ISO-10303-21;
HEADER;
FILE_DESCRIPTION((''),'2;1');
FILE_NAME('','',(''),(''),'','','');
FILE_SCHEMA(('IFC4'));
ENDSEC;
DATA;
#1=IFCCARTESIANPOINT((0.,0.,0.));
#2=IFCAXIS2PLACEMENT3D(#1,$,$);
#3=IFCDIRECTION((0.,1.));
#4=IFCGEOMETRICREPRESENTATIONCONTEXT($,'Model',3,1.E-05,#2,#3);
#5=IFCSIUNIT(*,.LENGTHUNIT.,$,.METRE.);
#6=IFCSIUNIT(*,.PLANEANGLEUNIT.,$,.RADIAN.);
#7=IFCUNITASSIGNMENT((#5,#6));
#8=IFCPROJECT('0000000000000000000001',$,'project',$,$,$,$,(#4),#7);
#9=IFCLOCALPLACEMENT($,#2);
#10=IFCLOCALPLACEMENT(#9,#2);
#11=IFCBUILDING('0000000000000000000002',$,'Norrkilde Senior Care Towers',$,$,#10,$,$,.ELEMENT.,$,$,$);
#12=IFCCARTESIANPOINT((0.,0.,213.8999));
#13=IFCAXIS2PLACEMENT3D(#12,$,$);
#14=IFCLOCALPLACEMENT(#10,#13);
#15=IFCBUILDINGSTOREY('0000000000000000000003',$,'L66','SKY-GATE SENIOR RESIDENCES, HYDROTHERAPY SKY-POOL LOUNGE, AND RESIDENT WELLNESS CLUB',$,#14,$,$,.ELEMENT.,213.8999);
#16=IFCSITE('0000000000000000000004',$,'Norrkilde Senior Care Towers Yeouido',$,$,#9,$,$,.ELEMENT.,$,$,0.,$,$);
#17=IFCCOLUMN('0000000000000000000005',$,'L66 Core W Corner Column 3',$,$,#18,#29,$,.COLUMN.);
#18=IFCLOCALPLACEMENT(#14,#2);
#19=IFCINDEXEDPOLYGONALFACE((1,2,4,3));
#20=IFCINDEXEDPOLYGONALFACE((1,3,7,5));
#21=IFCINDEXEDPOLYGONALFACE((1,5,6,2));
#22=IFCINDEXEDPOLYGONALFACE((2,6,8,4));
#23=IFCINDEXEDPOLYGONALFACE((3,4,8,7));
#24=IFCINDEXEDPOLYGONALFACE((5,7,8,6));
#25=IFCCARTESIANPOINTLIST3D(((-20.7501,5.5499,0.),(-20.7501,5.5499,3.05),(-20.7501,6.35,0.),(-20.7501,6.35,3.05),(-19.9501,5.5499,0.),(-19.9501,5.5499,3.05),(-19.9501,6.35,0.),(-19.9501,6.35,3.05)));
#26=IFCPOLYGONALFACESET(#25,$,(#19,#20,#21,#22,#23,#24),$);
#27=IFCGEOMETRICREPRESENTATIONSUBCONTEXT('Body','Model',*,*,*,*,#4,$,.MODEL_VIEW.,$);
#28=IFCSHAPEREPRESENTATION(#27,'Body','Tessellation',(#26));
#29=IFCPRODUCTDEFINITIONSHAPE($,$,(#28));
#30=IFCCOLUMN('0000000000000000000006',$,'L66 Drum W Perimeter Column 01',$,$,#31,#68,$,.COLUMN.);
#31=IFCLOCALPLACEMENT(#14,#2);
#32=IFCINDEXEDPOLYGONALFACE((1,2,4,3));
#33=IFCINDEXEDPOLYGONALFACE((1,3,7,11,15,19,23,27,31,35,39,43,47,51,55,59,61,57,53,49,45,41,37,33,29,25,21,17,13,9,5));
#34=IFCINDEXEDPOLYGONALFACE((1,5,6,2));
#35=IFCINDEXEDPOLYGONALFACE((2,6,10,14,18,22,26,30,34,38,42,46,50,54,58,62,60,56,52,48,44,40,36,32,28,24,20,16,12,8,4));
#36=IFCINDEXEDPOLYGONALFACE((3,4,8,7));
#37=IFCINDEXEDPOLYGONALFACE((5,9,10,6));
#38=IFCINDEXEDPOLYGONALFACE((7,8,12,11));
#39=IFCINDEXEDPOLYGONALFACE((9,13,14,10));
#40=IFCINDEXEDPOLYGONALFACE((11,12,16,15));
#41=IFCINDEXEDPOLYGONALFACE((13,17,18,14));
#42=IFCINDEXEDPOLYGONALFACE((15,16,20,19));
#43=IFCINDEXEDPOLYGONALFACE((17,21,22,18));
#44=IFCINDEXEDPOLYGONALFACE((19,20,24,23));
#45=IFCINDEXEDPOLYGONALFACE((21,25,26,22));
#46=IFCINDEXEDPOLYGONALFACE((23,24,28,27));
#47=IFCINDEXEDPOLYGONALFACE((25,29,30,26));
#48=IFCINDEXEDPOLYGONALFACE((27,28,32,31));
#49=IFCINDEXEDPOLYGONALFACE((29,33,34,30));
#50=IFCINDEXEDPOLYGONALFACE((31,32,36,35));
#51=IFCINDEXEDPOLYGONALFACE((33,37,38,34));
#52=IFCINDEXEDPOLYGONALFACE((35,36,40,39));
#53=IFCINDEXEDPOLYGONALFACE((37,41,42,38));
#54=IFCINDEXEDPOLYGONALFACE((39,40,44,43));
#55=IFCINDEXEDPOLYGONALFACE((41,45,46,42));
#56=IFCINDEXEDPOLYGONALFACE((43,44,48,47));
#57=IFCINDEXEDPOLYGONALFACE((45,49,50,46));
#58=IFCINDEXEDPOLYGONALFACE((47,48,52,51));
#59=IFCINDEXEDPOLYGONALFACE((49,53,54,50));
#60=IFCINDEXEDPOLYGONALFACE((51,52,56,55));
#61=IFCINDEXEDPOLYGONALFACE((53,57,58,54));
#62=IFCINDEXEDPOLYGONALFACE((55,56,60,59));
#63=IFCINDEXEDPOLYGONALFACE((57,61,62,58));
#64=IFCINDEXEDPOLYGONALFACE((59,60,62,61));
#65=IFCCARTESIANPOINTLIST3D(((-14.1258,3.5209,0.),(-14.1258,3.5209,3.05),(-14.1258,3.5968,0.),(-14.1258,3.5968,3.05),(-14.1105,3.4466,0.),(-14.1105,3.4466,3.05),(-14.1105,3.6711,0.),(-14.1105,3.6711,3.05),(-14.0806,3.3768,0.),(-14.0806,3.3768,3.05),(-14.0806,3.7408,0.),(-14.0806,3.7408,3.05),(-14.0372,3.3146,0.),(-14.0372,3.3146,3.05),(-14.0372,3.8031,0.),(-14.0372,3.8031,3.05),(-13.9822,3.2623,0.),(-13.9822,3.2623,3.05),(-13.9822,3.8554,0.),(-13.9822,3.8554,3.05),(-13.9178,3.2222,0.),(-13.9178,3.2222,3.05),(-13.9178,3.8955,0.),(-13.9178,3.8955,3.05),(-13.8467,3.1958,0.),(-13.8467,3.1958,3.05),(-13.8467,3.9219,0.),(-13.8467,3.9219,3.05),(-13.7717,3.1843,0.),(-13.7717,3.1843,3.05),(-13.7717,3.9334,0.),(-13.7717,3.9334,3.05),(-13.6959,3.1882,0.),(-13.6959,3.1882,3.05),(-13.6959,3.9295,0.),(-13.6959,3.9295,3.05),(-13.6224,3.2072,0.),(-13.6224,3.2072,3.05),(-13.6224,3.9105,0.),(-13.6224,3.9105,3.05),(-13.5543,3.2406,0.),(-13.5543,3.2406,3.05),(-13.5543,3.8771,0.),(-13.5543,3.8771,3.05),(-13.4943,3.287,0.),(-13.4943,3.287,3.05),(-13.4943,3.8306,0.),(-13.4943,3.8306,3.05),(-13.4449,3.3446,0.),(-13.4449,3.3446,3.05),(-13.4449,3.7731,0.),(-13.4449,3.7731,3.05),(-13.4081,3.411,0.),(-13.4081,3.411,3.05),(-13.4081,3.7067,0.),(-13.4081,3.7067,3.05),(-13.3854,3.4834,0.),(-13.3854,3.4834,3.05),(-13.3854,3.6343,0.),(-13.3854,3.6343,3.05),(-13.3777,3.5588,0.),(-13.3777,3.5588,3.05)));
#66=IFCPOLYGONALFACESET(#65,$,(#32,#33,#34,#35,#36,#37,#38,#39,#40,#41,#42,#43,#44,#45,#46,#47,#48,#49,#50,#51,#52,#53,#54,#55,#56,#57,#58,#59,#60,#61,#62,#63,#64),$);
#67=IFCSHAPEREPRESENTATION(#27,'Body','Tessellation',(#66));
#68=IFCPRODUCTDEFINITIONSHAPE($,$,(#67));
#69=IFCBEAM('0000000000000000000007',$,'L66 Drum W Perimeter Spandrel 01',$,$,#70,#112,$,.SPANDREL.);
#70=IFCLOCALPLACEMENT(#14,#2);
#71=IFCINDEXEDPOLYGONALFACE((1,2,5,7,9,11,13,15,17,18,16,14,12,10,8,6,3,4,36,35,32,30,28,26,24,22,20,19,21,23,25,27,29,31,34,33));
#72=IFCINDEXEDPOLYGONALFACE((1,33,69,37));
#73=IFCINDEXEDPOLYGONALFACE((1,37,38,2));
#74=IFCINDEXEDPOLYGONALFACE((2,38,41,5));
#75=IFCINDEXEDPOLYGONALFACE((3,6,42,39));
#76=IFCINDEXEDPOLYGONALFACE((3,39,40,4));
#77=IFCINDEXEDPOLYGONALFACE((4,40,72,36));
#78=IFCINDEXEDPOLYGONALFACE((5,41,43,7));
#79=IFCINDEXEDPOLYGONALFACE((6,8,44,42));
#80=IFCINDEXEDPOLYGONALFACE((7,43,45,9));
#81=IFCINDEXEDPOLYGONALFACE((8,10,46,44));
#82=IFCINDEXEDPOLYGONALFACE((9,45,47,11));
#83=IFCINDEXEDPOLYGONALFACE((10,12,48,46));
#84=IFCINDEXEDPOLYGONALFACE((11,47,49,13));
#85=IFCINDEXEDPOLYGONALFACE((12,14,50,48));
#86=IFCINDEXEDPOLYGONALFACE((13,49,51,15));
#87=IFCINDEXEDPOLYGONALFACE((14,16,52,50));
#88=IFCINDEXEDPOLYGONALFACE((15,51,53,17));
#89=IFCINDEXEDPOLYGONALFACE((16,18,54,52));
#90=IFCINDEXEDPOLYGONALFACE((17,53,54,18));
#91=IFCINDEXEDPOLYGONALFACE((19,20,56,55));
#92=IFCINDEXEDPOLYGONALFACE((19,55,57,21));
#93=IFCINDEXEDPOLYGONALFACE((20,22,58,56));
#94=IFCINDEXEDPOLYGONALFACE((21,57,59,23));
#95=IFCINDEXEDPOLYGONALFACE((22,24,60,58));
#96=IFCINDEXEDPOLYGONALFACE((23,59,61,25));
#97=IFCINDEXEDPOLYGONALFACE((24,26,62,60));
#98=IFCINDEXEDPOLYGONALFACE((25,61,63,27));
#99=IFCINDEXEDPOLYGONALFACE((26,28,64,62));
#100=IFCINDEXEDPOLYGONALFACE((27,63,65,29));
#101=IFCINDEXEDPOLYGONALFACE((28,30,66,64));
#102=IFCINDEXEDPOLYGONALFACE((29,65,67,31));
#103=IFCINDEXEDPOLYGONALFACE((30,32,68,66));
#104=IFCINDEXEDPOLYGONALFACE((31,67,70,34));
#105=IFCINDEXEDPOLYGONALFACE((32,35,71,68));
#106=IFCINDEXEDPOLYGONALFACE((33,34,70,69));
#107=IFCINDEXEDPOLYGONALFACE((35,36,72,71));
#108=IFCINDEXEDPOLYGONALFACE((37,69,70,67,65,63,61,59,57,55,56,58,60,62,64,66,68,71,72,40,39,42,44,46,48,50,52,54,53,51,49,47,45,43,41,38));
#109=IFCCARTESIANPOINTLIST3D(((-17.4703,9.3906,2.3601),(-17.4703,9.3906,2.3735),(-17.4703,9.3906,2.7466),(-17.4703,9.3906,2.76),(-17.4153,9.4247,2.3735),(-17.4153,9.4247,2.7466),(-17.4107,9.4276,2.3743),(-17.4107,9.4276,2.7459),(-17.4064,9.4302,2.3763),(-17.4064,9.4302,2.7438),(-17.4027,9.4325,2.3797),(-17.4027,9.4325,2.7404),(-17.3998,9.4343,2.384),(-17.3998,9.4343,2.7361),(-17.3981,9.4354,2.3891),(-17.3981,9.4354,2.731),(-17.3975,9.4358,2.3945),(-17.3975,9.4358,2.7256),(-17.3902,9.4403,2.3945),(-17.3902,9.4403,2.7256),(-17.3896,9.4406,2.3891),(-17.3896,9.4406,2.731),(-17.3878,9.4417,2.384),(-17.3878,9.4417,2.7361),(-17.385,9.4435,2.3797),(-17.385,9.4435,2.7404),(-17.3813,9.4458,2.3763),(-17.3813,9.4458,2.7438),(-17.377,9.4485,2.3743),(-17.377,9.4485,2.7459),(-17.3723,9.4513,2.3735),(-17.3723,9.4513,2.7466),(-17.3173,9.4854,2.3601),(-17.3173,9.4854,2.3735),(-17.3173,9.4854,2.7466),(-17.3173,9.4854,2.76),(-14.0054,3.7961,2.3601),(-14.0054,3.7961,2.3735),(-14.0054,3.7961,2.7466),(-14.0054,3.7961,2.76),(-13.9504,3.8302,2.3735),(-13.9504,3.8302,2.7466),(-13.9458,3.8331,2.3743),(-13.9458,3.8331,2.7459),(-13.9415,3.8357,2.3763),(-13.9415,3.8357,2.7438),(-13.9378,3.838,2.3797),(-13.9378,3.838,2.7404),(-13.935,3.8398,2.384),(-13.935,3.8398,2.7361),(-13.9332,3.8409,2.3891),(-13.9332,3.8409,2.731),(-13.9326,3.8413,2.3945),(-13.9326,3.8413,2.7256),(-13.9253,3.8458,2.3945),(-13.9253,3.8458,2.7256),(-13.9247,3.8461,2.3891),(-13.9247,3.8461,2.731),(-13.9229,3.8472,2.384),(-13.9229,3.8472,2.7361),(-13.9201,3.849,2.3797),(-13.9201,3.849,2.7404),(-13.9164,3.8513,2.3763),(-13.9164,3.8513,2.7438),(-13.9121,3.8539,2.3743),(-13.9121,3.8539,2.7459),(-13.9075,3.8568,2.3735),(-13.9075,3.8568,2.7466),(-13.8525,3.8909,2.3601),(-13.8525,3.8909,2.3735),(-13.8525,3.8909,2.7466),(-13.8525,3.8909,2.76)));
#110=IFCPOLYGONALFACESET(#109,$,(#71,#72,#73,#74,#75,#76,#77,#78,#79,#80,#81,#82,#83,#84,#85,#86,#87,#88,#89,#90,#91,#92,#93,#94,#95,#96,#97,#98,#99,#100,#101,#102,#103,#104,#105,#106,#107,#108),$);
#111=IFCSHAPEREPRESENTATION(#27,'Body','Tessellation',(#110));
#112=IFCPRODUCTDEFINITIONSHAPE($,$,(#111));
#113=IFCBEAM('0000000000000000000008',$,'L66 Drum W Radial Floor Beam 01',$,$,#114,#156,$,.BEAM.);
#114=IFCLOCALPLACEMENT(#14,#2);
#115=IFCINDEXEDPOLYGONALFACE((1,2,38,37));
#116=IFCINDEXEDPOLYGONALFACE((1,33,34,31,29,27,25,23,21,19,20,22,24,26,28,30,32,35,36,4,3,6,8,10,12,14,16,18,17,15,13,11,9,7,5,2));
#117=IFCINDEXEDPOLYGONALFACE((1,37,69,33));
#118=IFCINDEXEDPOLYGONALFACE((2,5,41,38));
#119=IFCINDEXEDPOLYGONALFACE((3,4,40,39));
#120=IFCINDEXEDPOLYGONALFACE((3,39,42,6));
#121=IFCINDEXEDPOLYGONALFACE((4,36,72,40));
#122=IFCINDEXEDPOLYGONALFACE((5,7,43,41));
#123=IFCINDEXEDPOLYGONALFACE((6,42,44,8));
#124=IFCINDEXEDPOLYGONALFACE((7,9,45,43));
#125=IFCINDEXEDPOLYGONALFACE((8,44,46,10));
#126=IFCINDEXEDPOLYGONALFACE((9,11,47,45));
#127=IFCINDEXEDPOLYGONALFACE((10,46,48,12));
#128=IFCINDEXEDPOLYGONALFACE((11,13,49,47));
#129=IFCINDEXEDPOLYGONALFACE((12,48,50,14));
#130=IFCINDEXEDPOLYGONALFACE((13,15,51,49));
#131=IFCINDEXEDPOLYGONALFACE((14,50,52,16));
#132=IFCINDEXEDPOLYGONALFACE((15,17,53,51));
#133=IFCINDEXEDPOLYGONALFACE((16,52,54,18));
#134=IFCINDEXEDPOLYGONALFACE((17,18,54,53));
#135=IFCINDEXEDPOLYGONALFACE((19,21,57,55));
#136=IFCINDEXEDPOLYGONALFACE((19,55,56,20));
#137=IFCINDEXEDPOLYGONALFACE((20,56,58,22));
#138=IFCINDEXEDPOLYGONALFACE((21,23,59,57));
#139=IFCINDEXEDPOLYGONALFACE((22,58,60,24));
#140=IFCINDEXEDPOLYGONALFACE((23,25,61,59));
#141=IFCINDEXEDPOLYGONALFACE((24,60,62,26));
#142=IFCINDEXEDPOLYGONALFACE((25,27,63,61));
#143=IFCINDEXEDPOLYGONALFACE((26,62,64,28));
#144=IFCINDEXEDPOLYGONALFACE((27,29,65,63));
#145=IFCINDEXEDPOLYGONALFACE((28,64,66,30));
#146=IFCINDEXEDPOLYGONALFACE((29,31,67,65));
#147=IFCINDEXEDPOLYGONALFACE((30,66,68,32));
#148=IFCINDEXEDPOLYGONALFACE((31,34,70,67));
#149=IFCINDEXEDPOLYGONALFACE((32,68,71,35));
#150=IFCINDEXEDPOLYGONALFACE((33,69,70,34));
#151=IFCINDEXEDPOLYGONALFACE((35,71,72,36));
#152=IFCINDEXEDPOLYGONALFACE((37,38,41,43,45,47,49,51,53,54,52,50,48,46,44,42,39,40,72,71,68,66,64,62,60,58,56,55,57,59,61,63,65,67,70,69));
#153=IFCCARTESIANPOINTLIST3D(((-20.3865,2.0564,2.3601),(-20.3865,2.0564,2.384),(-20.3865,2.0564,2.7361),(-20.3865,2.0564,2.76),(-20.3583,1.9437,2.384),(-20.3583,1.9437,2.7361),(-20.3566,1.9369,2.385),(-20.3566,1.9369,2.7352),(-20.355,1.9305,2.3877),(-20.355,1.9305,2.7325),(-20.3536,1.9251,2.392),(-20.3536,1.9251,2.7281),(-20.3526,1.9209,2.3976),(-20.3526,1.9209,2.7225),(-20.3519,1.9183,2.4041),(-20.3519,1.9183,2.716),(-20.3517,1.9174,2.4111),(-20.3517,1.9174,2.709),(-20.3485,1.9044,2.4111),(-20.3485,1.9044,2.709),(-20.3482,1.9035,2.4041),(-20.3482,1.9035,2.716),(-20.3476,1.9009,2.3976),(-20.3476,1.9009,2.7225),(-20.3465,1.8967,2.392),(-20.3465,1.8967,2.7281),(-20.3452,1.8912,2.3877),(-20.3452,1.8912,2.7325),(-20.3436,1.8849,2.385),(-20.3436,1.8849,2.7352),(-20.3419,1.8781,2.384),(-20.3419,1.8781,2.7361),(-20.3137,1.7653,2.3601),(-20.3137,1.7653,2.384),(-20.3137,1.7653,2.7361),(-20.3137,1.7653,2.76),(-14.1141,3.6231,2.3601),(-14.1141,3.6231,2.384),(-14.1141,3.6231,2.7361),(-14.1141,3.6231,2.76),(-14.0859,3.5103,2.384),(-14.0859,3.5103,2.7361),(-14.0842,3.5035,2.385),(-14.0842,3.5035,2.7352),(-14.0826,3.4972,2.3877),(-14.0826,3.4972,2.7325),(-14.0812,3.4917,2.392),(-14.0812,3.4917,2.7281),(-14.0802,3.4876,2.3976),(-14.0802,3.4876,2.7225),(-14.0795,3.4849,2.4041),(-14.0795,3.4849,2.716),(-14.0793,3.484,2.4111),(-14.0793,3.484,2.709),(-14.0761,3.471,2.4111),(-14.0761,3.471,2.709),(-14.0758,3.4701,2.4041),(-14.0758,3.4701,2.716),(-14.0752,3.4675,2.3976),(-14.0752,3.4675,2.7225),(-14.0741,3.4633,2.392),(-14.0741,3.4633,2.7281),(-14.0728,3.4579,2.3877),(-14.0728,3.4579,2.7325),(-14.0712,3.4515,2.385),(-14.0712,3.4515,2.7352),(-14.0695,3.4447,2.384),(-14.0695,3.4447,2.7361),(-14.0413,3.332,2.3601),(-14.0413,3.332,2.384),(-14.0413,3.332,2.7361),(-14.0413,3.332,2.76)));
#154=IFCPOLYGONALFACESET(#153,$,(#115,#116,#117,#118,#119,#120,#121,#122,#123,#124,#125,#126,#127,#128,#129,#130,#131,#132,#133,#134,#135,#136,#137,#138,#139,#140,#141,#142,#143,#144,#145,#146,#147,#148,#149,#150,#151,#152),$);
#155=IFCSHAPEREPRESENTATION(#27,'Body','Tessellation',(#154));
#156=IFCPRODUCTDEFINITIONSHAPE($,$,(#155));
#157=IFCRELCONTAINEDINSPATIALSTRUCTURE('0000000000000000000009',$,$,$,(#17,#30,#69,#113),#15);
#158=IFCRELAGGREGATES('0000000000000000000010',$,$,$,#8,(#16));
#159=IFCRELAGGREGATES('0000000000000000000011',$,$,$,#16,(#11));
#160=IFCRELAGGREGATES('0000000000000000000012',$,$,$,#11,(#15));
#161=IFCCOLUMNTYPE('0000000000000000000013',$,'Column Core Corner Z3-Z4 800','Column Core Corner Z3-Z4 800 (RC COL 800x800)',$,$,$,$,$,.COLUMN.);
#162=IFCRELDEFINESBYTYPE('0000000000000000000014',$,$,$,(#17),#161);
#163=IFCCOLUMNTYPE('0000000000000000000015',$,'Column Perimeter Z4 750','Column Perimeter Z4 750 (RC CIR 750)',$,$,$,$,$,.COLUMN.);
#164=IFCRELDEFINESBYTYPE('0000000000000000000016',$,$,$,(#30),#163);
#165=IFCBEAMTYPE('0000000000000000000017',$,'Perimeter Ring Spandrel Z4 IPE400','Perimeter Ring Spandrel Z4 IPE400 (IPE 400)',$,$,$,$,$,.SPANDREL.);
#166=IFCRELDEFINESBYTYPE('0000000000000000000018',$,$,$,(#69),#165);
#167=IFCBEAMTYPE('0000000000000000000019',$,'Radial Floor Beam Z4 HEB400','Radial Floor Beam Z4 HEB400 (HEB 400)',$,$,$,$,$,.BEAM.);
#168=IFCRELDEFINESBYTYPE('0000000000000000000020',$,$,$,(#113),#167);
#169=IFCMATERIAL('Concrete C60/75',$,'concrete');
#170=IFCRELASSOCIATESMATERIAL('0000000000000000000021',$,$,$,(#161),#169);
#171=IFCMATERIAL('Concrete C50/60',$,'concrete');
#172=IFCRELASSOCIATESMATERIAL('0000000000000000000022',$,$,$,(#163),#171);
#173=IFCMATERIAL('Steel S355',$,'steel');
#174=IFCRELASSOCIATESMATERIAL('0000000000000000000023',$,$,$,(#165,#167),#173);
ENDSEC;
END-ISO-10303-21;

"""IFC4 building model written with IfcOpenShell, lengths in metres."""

from ifc_helpers import new_model, si_unit, direction, frame, origin, origin_2d, place, context, subcontext, project, spatial, rectangle, circle, i_section, extrude, source, transform, mapped, material, material_profile, profile_set, type_object, type_shapes, element, save


model = new_model("IFC4")

# Units and contexts
model_context = context("Model", 3, precision=1e-05, world=origin(), true_north=direction((0.0, 1.0)))
body_context = subcontext(model_context, "Body", "Model", "MODEL_VIEW")
ifc_project = project(units=[si_unit("LENGTHUNIT", "METRE"), si_unit("PLANEANGLEUNIT", "RADIAN")], contexts=[model_context])

# Site, building, storey
site_placement = place(None, origin())
site = spatial("IfcSite", under=ifc_project, at=site_placement, Name="Norrkilde Senior Care Towers Yeouido", CompositionType="ELEMENT", RefElevation=0.0)
building_placement = place(site_placement, origin())
building = spatial("IfcBuilding", under=site, at=building_placement, Name="Norrkilde Senior Care Towers", CompositionType="ELEMENT")
storey_placement = place(building_placement, frame((0.0, 0.0, 213.8999)))
storey = spatial("IfcBuildingStorey", under=building, at=storey_placement, Name="L66", Description="SKY-GATE SENIOR RESIDENCES, HYDROTHERAPY SKY-POOL LOUNGE, AND RESIDENT WELLNESS CLUB", CompositionType="ELEMENT", Elevation=213.8999)

# Columns
ifc_material_1 = material(Name="Concrete C60/75", Category="concrete")
ifc_material_profile_1 = material_profile(ifc_material_1, rectangle(XDim=0.8, YDim=0.8, at=origin_2d()), Name="RC COL 800x800")
ifc_profile_set_1 = profile_set([ifc_material_profile_1], Name="Concrete C60/75")
column_type_1 = type_object("IfcColumnType", Name="Column Core Corner Z3-Z4 800", Description="Column Core Corner Z3-Z4 800 (RC COL 800x800)", PredefinedType="COLUMN", material=ifc_profile_set_1)
shared_shape_1 = source(origin(), body_context, "Body", "SweptSolid", [
    extrude(rectangle(XDim=0.8, YDim=0.8, at=origin_2d()), origin(), (0.0, 0.0, 1.0), 3.05),
])
type_shapes(column_type_1, [shared_shape_1])
column_1_placement = place(storey_placement, frame((-20.3501, 5.95, 0.0), z_axis=(0.0, 0.0, 1.0), x_axis=(1.0, 0.0, 0.0)))
element("IfcColumn", 1, at=column_1_placement, inside=storey, type_object=column_type_1, Name="L66 Core W Corner Column 3", PredefinedType="COLUMN", context=body_context, shape_type="MappedRepresentation", body=[
    mapped(shared_shape_1, transform((0.0, 0.0, 0.0), x_axis=(1.0, 0.0, 0.0), y_axis=(0.0, 1.0, 0.0), z_axis=(0.0, 0.0, 1.0), scale=1.0)),
])
ifc_material_2 = material(Name="Concrete C50/60", Category="concrete")
ifc_material_profile_2 = material_profile(ifc_material_2, circle(Radius=0.375, at=origin_2d()), Name="RC CIR 750")
ifc_profile_set_2 = profile_set([ifc_material_profile_2], Name="Concrete C50/60")
column_type_2 = type_object("IfcColumnType", Name="Column Perimeter Z4 750", Description="Column Perimeter Z4 750 (RC CIR 750)", PredefinedType="COLUMN", material=ifc_profile_set_2)
shared_shape_2 = source(origin(), body_context, "Body", "SweptSolid", [
    extrude(circle(Radius=0.375, at=origin_2d()), origin(), (0.0, 0.0, 1.0), 3.05),
])
type_shapes(column_type_2, [shared_shape_2])
column_2_placement = place(storey_placement, frame((-13.7527, 3.5588, 0.0), z_axis=(0.0, 0.0, 1.0), x_axis=(1.0, 0.0, 0.0)))
element("IfcColumn", 2, at=column_2_placement, inside=storey, type_object=column_type_2, Name="L66 Drum W Perimeter Column 01", PredefinedType="COLUMN", context=body_context, shape_type="MappedRepresentation", body=[
    mapped(shared_shape_2, transform((0.0, 0.0, 0.0), x_axis=(1.0, 0.0, 0.0), y_axis=(0.0, 1.0, 0.0), z_axis=(0.0, 0.0, 1.0), scale=1.0)),
])

# Beams
ifc_material_3 = material(Name="Steel S355", Category="steel")
ifc_material_profile_3 = material_profile(ifc_material_3, i_section(OverallWidth=0.1799, OverallDepth=0.3999, WebThickness=0.0085, FlangeThickness=0.0134, FilletRadius=0.021, at=origin_2d()), Name="IPE 400")
ifc_profile_set_3 = profile_set([ifc_material_profile_3], Name="Steel S355")
beam_type_1 = type_object("IfcBeamType", Name="Perimeter Ring Spandrel Z4 IPE400", Description="Perimeter Ring Spandrel Z4 IPE400 (IPE 400)", PredefinedType="SPANDREL", material=ifc_profile_set_3)
shared_shape_3 = source(origin(), body_context, "Body", "SweptSolid", [
    extrude(i_section(OverallWidth=0.1799, OverallDepth=0.3999, WebThickness=0.0085, FlangeThickness=0.0134, FilletRadius=0.021, at=origin_2d()), origin(), (0.0, 0.0, 1.0), 6.5806),
])
type_shapes(beam_type_1, [shared_shape_3])
beam_1_placement = place(storey_placement, frame((-13.929, 3.8435, 2.5601), z_axis=(-0.52653, 0.850157, 0.0), x_axis=(-0.850157, -0.52653, 0.0)))
element("IfcBeam", 3, at=beam_1_placement, inside=storey, type_object=beam_type_1, Name="L66 Drum W Perimeter Spandrel 01", PredefinedType="SPANDREL", context=body_context, shape_type="MappedRepresentation", body=[
    mapped(shared_shape_3, transform((0.0, 0.0, 0.0), x_axis=(1.0, 0.0, 0.0), y_axis=(0.0, 1.0, 0.0), z_axis=(0.0, 0.0, 1.0), scale=1.0)),
])
ifc_material_profile_4 = material_profile(ifc_material_3, i_section(OverallWidth=0.3, OverallDepth=0.3999, WebThickness=0.0134, FlangeThickness=0.0239, FilletRadius=0.0271, at=origin_2d()), Name="HEB 400")
ifc_profile_set_4 = profile_set([ifc_material_profile_4], Name="Steel S355")
beam_type_2 = type_object("IfcBeamType", Name="Radial Floor Beam Z4 HEB400", Description="Radial Floor Beam Z4 HEB400 (HEB 400)", PredefinedType="BEAM", material=ifc_profile_set_4)
shared_shape_4 = source(origin(), body_context, "Body", "SweptSolid", [
    extrude(i_section(OverallWidth=0.3, OverallDepth=0.3999, WebThickness=0.0134, FlangeThickness=0.0239, FilletRadius=0.0271, at=origin_2d()), origin(), (0.0, 0.0, 1.0), 6.4651),
])
beam_2_placement = place(storey_placement, frame((-20.3501, 1.9109, 2.5601), z_axis=(0.970196, 0.242322, 0.0), x_axis=(-0.242322, 0.970196, 0.0)))
element("IfcBeam", 4, at=beam_2_placement, inside=storey, type_object=beam_type_2, Name="L66 Drum W Radial Floor Beam 01", PredefinedType="BEAM", context=body_context, shape_type="MappedRepresentation", body=[
    mapped(shared_shape_4, transform((0.0, 0.0, 0.0), x_axis=(1.0, 0.0, 0.0), y_axis=(0.0, 1.0, 0.0), z_axis=(0.0, 0.0, 1.0), scale=1.0)),
])

save(model, "model.ifc")
